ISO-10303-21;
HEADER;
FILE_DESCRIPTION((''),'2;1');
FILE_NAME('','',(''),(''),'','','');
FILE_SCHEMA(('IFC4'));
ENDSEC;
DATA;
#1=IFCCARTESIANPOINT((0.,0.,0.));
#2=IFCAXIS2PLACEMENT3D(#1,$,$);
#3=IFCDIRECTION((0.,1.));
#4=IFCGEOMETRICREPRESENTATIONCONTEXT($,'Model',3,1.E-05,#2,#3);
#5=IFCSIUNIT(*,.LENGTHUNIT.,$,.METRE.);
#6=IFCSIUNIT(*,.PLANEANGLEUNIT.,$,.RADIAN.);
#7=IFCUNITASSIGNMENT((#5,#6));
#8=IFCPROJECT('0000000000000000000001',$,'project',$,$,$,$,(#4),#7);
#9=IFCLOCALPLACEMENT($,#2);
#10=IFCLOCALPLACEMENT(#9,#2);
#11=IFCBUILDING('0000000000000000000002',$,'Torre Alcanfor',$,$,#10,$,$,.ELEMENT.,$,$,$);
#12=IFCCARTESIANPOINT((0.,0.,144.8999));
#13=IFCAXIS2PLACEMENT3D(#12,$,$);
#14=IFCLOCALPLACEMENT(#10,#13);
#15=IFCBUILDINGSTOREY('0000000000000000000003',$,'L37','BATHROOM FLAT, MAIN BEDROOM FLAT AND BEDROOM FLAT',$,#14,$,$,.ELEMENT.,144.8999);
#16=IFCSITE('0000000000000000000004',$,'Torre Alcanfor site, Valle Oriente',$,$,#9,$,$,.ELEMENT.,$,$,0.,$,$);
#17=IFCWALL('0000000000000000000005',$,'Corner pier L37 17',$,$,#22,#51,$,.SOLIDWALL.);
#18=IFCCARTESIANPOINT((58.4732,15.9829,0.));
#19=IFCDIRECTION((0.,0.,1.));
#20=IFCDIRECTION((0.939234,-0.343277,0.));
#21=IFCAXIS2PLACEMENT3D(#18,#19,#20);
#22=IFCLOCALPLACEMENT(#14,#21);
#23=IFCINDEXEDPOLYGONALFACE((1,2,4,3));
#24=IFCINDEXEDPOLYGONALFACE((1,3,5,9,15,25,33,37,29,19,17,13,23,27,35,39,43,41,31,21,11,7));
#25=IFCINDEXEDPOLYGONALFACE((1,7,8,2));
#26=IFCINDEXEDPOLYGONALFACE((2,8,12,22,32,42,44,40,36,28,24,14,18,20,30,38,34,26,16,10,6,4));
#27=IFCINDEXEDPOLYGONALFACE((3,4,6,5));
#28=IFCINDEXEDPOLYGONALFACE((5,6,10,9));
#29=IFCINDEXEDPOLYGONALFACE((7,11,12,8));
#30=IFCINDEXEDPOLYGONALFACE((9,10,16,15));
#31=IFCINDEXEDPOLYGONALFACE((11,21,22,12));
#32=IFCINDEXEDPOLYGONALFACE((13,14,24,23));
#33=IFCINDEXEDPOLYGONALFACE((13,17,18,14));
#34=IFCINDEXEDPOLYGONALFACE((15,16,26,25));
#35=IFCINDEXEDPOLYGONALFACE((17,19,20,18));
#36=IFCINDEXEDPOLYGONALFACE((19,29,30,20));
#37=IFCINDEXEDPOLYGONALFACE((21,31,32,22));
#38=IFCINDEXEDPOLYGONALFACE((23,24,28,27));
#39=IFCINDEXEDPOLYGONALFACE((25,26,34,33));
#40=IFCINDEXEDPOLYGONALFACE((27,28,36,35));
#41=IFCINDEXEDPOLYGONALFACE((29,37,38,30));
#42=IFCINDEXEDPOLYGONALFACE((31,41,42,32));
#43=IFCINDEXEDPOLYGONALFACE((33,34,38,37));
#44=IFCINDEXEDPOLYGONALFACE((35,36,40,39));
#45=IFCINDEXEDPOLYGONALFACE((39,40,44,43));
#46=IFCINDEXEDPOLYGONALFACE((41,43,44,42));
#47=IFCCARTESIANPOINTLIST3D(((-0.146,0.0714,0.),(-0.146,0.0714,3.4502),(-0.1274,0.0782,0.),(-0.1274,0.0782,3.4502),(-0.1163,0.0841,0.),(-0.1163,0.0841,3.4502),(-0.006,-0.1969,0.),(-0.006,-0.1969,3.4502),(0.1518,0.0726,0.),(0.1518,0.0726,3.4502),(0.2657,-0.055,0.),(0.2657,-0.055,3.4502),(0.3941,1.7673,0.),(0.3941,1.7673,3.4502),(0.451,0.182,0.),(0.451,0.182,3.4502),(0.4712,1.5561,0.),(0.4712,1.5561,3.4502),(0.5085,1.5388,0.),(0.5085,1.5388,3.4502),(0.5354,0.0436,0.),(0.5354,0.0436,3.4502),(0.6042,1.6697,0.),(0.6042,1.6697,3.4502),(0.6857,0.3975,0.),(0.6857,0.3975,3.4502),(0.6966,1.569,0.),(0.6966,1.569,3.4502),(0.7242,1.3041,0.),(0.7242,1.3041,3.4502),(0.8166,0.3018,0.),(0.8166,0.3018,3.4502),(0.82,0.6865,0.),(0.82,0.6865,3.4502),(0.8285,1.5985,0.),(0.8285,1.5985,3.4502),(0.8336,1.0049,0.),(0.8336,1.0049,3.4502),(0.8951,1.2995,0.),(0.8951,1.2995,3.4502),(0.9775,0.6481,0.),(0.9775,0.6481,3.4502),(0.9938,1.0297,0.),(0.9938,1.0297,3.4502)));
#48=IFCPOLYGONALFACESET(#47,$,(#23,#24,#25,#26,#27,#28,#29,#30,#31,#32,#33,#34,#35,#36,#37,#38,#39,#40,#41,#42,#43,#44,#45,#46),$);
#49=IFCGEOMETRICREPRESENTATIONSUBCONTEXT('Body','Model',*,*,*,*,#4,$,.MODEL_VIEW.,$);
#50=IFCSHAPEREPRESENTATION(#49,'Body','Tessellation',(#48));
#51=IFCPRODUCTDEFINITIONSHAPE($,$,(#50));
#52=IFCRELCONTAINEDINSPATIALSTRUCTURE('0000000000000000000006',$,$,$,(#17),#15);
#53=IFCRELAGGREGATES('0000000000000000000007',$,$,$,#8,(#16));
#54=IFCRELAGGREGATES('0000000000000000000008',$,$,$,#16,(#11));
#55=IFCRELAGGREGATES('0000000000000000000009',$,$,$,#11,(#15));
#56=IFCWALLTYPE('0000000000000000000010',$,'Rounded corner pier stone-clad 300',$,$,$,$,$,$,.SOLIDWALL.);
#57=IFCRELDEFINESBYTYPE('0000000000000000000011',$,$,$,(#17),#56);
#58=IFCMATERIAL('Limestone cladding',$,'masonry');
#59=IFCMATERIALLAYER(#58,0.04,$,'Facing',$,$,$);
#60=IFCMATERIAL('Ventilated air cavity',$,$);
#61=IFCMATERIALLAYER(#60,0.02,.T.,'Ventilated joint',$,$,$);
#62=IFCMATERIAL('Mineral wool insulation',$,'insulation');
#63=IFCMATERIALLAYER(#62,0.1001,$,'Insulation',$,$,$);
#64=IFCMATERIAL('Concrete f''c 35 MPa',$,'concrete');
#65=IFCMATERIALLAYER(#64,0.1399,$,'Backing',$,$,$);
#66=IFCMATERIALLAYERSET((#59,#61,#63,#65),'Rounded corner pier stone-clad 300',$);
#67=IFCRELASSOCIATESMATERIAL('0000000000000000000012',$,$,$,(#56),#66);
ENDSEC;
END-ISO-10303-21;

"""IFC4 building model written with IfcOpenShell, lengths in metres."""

from ifc_helpers import new_model, si_unit, direction, frame, origin, place, context, subcontext, project, spatial, polyline, outline, extrude, material, layer, layer_set, type_object, element, save


model = new_model("IFC4")

# Units and contexts
model_context = context("Model", 3, precision=1e-05, world=origin(), true_north=direction((0.0, 1.0)))
body_context = subcontext(model_context, "Body", "Model", "MODEL_VIEW")
ifc_project = project(units=[si_unit("LENGTHUNIT", "METRE"), si_unit("PLANEANGLEUNIT", "RADIAN")], contexts=[model_context])

# Site, building, storey
site_placement = place(None, origin())
site = spatial("IfcSite", under=ifc_project, at=site_placement, Name="Torre Alcanfor site, Valle Oriente", CompositionType="ELEMENT", RefElevation=0.0)
building_placement = place(site_placement, origin())
building = spatial("IfcBuilding", under=site, at=building_placement, Name="Torre Alcanfor", CompositionType="ELEMENT")
storey_placement = place(building_placement, frame((0.0, 0.0, 144.8999)))
storey = spatial("IfcBuildingStorey", under=building, at=storey_placement, Name="L37", Description="BATHROOM FLAT, MAIN BEDROOM FLAT AND BEDROOM FLAT", CompositionType="ELEMENT", Elevation=144.8999)

# Wall
ifc_material_1 = material(Name="Limestone cladding", Category="masonry")
ifc_layer_1 = layer(ifc_material_1, 0.04, Name="Facing")
ifc_material_2 = material(Name="Ventilated air cavity")
ifc_layer_2 = layer(ifc_material_2, 0.02, ventilated=True, Name="Ventilated joint")
ifc_material_3 = material(Name="Mineral wool insulation", Category="insulation")
ifc_layer_3 = layer(ifc_material_3, 0.1001, Name="Insulation")
ifc_material_4 = material(Name="Concrete f'c 35 MPa", Category="concrete")
ifc_layer_4 = layer(ifc_material_4, 0.1399, Name="Backing")
ifc_layer_set_1 = layer_set([ifc_layer_1, ifc_layer_2, ifc_layer_3, ifc_layer_4], Name="Rounded corner pier stone-clad 300")
wall_type_1 = type_object("IfcWallType", Name="Rounded corner pier stone-clad 300", PredefinedType="SOLIDWALL", material=ifc_layer_set_1)
wall_1_placement = place(storey_placement, frame((58.4732, 15.9829, 0.0), z_axis=(0.0, 0.0, 1.0), x_axis=(0.939234, -0.343277, 0.0)))
element("IfcWall", 1, at=wall_1_placement, inside=storey, type_object=wall_type_1, Name="Corner pier L37 17", PredefinedType="SOLIDWALL", context=body_context, shape_type="SweptSolid", body=[
    extrude(outline(polyline([(0.8285, 1.5985), (0.6966, 1.569), (0.6042, 1.6697), (0.3941, 1.7673), (0.4712, 1.5561), (0.5085, 1.5388), (0.7242, 1.3041), (0.8336, 1.0049), (0.82, 0.6865), (0.6857, 0.3975), (0.451, 0.182), (0.1518, 0.0726), (-0.1163, 0.0841), (-0.1274, 0.0782), (-0.146, 0.0714), (-0.006, -0.1969), (0.2657, -0.055), (0.5354, 0.0436), (0.8166, 0.3018), (0.9775, 0.6481), (0.9938, 1.0297), (0.8951, 1.2995), (0.8285, 1.5985)])), origin(), (0.0, 0.0, 1.0), 3.4502),
])

save(model, "model.ifc")
